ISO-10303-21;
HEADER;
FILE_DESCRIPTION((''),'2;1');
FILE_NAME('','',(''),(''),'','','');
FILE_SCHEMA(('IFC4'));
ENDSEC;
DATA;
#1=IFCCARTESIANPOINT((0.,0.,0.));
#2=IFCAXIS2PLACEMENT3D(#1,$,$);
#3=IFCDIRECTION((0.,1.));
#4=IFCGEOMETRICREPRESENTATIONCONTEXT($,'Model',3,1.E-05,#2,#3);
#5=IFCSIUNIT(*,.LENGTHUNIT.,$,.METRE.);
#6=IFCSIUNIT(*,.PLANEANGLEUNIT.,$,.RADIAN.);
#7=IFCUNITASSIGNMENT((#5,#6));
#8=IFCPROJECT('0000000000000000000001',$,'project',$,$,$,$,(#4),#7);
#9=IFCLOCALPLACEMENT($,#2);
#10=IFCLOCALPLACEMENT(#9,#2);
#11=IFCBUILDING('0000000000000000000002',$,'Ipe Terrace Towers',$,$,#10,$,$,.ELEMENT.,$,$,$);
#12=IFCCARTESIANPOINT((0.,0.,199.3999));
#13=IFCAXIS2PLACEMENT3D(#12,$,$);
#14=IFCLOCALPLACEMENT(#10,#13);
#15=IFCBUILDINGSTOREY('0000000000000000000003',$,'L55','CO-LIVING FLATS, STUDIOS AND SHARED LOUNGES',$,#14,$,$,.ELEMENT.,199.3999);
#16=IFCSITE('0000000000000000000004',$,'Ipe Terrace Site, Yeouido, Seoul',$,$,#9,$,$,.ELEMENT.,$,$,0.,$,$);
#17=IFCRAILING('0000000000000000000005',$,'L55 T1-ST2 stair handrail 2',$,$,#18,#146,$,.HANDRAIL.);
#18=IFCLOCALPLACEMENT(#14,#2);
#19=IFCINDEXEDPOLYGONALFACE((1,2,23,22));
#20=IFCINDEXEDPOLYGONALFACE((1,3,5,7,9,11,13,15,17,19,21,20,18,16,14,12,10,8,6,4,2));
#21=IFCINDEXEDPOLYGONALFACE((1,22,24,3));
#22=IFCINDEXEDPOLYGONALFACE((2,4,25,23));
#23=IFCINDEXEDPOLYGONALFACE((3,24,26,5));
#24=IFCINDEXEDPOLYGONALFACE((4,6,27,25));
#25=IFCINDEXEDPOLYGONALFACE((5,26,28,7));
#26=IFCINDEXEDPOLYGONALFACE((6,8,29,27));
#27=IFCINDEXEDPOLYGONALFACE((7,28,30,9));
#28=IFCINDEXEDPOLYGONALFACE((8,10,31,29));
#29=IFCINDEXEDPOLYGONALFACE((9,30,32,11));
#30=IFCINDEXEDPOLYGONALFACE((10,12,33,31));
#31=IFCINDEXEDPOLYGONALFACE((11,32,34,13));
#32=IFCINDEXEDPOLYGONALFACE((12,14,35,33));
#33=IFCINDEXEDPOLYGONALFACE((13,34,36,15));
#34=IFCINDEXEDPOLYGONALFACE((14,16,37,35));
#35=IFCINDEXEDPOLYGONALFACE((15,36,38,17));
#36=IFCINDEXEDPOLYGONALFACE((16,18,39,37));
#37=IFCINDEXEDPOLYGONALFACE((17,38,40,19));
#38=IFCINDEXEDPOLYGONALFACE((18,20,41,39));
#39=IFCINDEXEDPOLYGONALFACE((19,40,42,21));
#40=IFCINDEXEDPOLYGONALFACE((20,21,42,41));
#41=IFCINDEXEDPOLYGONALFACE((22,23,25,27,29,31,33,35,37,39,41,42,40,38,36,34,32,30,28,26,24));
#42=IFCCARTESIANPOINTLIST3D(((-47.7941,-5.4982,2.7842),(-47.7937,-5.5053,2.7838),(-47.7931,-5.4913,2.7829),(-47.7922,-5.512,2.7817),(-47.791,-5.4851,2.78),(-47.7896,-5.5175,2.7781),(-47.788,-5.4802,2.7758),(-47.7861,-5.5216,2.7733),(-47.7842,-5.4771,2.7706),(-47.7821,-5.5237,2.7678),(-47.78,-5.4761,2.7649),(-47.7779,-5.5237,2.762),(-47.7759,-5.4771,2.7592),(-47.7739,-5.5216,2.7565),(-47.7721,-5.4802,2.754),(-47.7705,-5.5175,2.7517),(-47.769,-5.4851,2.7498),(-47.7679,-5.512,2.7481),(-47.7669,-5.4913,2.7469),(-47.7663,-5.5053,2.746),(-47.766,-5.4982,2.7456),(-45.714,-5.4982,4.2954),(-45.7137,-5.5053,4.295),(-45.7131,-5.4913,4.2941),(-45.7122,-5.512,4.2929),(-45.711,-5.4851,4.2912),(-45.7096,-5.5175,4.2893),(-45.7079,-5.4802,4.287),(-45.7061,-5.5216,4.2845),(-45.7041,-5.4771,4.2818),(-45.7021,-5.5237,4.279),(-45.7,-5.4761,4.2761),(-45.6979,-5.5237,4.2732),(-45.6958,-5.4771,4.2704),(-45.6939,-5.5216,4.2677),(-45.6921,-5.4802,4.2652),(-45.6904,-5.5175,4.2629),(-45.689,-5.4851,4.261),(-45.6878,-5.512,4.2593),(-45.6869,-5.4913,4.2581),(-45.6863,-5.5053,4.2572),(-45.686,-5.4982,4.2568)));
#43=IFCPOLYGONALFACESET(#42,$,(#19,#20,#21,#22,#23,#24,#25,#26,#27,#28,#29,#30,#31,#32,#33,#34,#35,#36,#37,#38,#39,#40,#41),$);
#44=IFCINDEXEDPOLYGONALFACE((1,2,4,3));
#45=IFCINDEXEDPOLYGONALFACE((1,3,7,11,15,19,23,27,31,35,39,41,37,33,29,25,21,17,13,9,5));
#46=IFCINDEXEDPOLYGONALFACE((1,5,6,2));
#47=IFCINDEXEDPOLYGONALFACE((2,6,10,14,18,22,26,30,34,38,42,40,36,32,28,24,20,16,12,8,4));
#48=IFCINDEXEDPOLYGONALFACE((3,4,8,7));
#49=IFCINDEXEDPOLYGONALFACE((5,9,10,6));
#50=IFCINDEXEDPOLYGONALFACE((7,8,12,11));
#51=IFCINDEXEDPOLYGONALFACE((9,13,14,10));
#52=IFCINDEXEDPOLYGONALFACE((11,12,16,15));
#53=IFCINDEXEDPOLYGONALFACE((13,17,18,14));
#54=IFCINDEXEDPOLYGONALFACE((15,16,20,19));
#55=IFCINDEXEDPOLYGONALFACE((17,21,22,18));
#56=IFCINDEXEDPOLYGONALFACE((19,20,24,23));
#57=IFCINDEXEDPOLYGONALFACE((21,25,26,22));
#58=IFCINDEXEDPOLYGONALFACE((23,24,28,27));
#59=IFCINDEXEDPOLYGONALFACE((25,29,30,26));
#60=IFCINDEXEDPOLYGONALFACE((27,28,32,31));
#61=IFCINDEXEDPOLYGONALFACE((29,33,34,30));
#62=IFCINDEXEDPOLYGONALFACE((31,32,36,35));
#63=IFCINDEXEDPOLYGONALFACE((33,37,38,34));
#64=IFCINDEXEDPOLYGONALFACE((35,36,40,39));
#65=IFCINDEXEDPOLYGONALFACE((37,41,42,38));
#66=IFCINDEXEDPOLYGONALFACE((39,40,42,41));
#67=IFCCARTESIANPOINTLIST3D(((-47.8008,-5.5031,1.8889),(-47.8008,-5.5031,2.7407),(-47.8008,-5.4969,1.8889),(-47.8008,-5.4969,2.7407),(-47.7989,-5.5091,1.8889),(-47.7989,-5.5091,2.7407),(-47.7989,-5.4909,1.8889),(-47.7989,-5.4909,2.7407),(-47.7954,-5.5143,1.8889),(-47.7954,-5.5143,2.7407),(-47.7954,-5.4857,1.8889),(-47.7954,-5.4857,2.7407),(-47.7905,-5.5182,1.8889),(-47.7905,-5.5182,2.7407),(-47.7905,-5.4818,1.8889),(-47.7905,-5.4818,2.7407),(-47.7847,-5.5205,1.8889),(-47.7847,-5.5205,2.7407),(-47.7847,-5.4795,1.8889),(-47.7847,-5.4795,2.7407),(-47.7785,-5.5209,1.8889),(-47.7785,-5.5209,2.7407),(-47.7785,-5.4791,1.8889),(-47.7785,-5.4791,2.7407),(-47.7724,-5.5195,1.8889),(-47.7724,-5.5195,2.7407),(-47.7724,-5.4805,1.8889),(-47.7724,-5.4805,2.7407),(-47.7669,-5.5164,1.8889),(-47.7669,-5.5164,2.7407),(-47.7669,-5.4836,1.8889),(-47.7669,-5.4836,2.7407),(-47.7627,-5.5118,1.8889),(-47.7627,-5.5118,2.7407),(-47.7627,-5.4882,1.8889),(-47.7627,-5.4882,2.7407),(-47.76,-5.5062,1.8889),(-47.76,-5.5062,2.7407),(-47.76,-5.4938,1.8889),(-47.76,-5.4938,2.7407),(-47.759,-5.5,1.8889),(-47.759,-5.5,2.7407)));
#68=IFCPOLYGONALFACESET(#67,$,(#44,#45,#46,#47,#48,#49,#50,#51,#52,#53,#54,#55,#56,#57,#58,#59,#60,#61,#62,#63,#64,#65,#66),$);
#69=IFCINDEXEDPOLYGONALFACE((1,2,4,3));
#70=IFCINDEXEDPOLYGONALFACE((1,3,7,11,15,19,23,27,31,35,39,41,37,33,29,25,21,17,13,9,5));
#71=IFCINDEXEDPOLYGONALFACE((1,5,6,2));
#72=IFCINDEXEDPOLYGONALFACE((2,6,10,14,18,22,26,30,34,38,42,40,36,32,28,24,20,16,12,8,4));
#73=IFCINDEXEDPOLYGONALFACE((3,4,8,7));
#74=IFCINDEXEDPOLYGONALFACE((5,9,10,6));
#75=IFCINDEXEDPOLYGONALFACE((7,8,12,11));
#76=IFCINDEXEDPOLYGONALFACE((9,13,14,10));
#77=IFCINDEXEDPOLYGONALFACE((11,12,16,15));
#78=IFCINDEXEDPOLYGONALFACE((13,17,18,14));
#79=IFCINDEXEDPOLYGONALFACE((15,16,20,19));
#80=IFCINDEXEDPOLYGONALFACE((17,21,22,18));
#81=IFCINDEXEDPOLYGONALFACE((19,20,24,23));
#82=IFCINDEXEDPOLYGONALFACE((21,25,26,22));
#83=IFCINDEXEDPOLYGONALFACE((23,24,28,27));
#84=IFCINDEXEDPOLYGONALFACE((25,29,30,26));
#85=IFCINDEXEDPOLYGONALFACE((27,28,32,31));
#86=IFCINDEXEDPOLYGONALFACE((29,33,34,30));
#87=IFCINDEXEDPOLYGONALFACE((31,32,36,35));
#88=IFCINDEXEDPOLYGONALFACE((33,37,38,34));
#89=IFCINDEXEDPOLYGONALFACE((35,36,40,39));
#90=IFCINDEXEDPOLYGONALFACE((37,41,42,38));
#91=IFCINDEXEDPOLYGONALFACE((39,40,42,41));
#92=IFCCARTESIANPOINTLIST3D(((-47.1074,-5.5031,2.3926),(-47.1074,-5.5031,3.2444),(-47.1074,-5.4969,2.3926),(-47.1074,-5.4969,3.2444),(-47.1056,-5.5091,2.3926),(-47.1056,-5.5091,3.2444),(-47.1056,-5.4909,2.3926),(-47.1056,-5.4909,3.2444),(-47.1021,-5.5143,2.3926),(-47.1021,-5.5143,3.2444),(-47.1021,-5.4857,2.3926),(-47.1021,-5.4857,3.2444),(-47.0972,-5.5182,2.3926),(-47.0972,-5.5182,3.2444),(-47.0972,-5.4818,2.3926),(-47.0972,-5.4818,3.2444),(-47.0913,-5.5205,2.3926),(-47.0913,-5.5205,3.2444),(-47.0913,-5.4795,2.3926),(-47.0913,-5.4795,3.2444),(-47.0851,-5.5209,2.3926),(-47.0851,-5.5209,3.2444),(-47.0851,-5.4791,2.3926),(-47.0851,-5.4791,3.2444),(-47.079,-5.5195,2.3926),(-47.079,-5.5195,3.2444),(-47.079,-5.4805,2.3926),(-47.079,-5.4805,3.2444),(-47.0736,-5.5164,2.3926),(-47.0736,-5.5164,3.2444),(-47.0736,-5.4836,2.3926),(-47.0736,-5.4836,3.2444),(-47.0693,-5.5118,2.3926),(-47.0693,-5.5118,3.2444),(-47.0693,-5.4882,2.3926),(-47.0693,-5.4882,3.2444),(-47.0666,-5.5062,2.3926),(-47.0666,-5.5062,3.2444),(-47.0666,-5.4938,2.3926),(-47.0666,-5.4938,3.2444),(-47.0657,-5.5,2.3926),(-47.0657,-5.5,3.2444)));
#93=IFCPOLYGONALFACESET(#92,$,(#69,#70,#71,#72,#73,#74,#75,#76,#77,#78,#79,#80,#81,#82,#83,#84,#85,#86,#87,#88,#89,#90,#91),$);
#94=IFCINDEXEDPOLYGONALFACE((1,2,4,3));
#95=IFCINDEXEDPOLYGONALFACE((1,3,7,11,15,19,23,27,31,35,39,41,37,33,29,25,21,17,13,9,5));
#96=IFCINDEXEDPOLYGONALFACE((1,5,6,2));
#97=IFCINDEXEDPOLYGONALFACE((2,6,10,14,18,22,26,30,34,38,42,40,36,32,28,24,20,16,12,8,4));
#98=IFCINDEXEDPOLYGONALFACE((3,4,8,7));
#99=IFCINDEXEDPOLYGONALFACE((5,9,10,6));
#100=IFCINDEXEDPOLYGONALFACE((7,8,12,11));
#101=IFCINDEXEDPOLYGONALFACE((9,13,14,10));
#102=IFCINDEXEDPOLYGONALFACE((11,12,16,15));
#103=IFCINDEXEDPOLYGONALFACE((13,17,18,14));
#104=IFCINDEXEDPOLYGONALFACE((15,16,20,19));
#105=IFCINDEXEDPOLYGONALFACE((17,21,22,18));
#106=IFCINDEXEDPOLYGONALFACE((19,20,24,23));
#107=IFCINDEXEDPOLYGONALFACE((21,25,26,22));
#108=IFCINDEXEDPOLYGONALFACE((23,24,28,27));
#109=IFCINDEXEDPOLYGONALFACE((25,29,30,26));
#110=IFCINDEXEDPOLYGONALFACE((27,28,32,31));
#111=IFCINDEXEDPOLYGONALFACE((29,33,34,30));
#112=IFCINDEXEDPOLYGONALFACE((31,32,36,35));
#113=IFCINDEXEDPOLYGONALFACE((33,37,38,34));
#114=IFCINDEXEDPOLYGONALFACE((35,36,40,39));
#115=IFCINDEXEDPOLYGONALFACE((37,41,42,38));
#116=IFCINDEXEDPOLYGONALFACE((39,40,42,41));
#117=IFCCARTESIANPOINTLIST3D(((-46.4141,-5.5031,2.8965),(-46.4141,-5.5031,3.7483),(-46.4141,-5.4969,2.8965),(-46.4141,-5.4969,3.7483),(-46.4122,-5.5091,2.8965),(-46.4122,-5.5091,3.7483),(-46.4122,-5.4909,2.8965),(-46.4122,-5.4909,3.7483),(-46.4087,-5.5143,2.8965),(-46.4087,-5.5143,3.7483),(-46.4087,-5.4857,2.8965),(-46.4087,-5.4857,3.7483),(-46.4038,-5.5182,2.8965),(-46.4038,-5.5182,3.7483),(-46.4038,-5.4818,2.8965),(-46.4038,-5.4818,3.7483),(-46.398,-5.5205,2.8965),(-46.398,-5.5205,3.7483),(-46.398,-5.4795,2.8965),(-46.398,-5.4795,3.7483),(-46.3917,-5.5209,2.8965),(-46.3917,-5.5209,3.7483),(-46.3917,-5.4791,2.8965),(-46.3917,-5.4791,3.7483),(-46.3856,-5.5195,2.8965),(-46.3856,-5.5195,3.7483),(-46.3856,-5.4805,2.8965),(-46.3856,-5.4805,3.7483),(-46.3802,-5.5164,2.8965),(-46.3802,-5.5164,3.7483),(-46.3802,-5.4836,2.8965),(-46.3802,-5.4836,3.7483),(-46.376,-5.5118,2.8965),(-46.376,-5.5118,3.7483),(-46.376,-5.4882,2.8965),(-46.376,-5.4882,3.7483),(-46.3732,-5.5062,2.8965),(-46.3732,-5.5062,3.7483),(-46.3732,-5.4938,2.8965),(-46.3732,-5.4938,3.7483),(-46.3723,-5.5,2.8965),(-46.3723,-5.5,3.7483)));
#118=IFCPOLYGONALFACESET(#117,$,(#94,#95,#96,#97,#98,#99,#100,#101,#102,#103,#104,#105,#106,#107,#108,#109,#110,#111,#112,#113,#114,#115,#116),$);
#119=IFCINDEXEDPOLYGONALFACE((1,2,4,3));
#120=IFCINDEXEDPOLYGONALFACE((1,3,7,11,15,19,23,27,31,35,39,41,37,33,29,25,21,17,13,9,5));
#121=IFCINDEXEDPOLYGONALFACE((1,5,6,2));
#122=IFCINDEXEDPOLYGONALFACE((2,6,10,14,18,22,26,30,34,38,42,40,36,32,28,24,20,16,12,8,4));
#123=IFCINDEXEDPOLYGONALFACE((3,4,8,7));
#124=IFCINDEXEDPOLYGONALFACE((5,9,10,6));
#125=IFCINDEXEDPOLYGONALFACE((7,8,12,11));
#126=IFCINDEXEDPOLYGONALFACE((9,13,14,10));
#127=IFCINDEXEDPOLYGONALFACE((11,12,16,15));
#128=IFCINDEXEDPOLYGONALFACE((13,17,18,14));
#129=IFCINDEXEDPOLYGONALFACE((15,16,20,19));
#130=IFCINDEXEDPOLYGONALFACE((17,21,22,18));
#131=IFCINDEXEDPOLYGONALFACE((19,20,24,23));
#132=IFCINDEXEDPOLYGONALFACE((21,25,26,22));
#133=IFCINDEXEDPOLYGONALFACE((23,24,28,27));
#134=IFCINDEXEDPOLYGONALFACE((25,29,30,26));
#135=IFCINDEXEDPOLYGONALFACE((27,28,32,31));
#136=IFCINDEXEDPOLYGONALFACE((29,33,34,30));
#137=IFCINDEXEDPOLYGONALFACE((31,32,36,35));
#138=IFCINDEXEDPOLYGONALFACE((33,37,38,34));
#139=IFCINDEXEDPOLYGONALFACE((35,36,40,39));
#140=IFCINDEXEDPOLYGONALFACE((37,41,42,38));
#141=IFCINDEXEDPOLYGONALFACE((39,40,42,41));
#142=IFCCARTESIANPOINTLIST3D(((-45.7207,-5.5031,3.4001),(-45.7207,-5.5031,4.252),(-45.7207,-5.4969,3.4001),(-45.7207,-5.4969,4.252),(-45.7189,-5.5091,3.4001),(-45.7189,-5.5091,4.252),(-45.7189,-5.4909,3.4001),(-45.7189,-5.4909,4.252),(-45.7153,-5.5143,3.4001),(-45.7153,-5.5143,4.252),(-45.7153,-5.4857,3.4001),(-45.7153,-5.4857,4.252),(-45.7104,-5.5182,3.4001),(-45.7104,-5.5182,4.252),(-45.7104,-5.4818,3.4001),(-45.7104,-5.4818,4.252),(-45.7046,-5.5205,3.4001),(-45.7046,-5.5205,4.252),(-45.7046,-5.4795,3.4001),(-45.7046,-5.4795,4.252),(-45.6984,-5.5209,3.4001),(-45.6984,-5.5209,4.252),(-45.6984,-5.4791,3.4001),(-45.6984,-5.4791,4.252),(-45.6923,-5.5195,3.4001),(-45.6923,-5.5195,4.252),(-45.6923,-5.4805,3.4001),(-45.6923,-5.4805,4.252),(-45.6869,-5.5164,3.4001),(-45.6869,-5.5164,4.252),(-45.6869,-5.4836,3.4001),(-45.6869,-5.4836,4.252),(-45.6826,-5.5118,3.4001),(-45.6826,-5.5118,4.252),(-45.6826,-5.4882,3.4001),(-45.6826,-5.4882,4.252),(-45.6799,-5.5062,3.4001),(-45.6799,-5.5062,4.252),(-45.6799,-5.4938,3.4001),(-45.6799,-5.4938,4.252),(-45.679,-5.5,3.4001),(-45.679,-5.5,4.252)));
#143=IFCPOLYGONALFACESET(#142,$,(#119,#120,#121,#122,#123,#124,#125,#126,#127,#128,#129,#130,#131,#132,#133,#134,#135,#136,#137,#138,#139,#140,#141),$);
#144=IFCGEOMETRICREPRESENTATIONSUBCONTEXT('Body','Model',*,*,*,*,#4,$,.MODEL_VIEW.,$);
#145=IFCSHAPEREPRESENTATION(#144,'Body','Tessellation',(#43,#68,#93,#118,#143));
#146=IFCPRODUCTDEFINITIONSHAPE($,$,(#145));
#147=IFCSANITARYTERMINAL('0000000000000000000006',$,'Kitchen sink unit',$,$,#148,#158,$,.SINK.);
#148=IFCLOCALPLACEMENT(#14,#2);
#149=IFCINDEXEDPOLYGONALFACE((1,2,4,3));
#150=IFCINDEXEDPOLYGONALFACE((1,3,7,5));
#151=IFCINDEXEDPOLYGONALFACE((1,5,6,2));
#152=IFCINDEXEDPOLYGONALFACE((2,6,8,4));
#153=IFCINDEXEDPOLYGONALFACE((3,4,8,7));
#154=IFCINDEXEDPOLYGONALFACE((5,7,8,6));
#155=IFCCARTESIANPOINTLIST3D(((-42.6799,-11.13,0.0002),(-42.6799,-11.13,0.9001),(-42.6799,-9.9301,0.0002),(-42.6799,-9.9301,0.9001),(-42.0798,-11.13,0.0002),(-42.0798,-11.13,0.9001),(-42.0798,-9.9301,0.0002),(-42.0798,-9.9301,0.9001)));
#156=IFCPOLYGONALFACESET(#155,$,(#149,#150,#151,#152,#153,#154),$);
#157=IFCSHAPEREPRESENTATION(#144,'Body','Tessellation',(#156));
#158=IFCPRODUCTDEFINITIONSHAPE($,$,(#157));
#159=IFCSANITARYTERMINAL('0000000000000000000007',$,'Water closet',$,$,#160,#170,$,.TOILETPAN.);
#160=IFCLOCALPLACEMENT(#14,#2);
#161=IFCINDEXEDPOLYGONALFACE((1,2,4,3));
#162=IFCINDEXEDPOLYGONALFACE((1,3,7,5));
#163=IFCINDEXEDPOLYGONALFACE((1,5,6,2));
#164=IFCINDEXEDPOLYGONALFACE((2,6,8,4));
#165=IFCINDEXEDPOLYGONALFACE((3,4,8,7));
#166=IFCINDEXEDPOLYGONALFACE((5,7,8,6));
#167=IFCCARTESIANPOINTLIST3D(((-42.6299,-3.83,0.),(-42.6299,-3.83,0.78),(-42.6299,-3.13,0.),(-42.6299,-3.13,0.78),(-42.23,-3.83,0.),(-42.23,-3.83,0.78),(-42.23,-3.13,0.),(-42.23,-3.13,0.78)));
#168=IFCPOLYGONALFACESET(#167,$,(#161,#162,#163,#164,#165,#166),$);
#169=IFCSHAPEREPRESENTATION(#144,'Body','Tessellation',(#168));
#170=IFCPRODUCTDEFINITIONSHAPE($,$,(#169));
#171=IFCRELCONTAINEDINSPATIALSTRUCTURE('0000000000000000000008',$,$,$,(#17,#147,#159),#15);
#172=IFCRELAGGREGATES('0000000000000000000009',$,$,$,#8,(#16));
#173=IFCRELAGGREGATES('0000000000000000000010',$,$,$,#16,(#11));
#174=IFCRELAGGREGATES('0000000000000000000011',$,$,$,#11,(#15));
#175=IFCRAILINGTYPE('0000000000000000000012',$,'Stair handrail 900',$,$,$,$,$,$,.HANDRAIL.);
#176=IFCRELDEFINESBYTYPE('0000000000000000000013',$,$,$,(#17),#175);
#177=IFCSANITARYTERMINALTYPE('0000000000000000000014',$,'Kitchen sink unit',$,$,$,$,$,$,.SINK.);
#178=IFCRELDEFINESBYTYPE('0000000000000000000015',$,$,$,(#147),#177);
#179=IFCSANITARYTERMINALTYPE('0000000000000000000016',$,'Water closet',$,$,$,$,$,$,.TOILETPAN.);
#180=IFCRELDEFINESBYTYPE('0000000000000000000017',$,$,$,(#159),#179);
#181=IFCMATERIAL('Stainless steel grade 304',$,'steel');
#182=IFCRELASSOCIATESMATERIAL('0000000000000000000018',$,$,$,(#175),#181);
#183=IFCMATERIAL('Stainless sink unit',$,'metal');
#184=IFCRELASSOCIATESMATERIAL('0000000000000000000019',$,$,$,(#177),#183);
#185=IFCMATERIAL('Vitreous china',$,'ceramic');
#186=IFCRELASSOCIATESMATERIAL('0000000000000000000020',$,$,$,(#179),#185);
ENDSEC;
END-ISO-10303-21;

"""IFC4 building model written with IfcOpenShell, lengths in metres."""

from ifc_helpers import new_model, si_unit, direction, frame, origin, origin_2d, place, context, subcontext, project, spatial, rectangle, circle, extrude, material, type_object, element, save


model = new_model("IFC4")

# Units and contexts
model_context = context("Model", 3, precision=1e-05, world=origin(), true_north=direction((0.0, 1.0)))
body_context = subcontext(model_context, "Body", "Model", "MODEL_VIEW")
ifc_project = project(units=[si_unit("LENGTHUNIT", "METRE"), si_unit("PLANEANGLEUNIT", "RADIAN")], contexts=[model_context])

# Site, building, storey
site_placement = place(None, origin())
site = spatial("IfcSite", under=ifc_project, at=site_placement, Name="Ipe Terrace Site, Yeouido, Seoul", CompositionType="ELEMENT", RefElevation=0.0)
building_placement = place(site_placement, origin())
building = spatial("IfcBuilding", under=site, at=building_placement, Name="Ipe Terrace Towers", CompositionType="ELEMENT")
storey_placement = place(building_placement, frame((0.0, 0.0, 199.3999)))
storey = spatial("IfcBuildingStorey", under=building, at=storey_placement, Name="L55", Description="CO-LIVING FLATS, STUDIOS AND SHARED LOUNGES", CompositionType="ELEMENT", Elevation=199.3999)

# Railing
ifc_material_1 = material(Name="Stainless steel grade 304", Category="steel")
railing_type_1 = type_object("IfcRailingType", Name="Stair handrail 900", PredefinedType="HANDRAIL", material=ifc_material_1)
railing_1_placement = place(storey_placement, frame((-47.78, -5.5, 1.8889)))
element("IfcRailing", 1, at=railing_1_placement, inside=storey, type_object=railing_type_1, Name="L55 T1-ST2 stair handrail 2", PredefinedType="HANDRAIL", context=body_context, shape_type="SweptSolid", body=[
    extrude(circle(Radius=0.0239, at=origin_2d()), frame((0.0, 0.0, 0.876), z_axis=(0.809023, 0.0, 0.587776), x_axis=(0.0, 1.0, 0.0)), (0.0, 0.0, 1.0), 2.571),
    extrude(circle(Radius=0.021, at=origin_2d()), origin(), (0.0, 0.0, 1.0), 0.8518),
    extrude(circle(Radius=0.021, at=origin_2d()), frame((0.6934, 0.0, 0.5037)), (0.0, 0.0, 1.0), 0.8518),
    extrude(circle(Radius=0.021, at=origin_2d()), frame((1.3867, 0.0, 1.0076)), (0.0, 0.0, 1.0), 0.8518),
    extrude(circle(Radius=0.021, at=origin_2d()), frame((2.0801, 0.0, 1.5112)), (0.0, 0.0, 1.0), 0.8518),
])

# Sanitary terminals
ifc_material_2 = material(Name="Stainless sink unit", Category="metal")
sanitary_terminal_type_1 = type_object("IfcSanitaryTerminalType", Name="Kitchen sink unit", PredefinedType="SINK", material=ifc_material_2)
sanitary_terminal_1_placement = place(storey_placement, frame((-42.3799, -10.53, 0.0002), z_axis=(0.0, 0.0, 1.0), x_axis=(0.0, 1.0, 0.0)))
element("IfcSanitaryTerminal", 2, at=sanitary_terminal_1_placement, inside=storey, type_object=sanitary_terminal_type_1, Name="Kitchen sink unit", PredefinedType="SINK", context=body_context, shape_type="SweptSolid", body=[
    extrude(rectangle(XDim=1.2, YDim=0.6001, at=origin_2d()), origin(), (0.0, 0.0, 1.0), 0.8999),
])
ifc_material_3 = material(Name="Vitreous china", Category="ceramic")
sanitary_terminal_type_2 = type_object("IfcSanitaryTerminalType", Name="Water closet", PredefinedType="TOILETPAN", material=ifc_material_3)
sanitary_terminal_2_placement = place(storey_placement, frame((-42.4299, -3.48, 0.0), z_axis=(0.0, 0.0, 1.0), x_axis=(0.0, 1.0, 0.0)))
element("IfcSanitaryTerminal", 3, at=sanitary_terminal_2_placement, inside=storey, type_object=sanitary_terminal_type_2, Name="Water closet", PredefinedType="TOILETPAN", context=body_context, shape_type="SweptSolid", body=[
    extrude(rectangle(XDim=0.7, YDim=0.3999, at=origin_2d()), origin(), (0.0, 0.0, 1.0), 0.78),
])

save(model, "model.ifc")
